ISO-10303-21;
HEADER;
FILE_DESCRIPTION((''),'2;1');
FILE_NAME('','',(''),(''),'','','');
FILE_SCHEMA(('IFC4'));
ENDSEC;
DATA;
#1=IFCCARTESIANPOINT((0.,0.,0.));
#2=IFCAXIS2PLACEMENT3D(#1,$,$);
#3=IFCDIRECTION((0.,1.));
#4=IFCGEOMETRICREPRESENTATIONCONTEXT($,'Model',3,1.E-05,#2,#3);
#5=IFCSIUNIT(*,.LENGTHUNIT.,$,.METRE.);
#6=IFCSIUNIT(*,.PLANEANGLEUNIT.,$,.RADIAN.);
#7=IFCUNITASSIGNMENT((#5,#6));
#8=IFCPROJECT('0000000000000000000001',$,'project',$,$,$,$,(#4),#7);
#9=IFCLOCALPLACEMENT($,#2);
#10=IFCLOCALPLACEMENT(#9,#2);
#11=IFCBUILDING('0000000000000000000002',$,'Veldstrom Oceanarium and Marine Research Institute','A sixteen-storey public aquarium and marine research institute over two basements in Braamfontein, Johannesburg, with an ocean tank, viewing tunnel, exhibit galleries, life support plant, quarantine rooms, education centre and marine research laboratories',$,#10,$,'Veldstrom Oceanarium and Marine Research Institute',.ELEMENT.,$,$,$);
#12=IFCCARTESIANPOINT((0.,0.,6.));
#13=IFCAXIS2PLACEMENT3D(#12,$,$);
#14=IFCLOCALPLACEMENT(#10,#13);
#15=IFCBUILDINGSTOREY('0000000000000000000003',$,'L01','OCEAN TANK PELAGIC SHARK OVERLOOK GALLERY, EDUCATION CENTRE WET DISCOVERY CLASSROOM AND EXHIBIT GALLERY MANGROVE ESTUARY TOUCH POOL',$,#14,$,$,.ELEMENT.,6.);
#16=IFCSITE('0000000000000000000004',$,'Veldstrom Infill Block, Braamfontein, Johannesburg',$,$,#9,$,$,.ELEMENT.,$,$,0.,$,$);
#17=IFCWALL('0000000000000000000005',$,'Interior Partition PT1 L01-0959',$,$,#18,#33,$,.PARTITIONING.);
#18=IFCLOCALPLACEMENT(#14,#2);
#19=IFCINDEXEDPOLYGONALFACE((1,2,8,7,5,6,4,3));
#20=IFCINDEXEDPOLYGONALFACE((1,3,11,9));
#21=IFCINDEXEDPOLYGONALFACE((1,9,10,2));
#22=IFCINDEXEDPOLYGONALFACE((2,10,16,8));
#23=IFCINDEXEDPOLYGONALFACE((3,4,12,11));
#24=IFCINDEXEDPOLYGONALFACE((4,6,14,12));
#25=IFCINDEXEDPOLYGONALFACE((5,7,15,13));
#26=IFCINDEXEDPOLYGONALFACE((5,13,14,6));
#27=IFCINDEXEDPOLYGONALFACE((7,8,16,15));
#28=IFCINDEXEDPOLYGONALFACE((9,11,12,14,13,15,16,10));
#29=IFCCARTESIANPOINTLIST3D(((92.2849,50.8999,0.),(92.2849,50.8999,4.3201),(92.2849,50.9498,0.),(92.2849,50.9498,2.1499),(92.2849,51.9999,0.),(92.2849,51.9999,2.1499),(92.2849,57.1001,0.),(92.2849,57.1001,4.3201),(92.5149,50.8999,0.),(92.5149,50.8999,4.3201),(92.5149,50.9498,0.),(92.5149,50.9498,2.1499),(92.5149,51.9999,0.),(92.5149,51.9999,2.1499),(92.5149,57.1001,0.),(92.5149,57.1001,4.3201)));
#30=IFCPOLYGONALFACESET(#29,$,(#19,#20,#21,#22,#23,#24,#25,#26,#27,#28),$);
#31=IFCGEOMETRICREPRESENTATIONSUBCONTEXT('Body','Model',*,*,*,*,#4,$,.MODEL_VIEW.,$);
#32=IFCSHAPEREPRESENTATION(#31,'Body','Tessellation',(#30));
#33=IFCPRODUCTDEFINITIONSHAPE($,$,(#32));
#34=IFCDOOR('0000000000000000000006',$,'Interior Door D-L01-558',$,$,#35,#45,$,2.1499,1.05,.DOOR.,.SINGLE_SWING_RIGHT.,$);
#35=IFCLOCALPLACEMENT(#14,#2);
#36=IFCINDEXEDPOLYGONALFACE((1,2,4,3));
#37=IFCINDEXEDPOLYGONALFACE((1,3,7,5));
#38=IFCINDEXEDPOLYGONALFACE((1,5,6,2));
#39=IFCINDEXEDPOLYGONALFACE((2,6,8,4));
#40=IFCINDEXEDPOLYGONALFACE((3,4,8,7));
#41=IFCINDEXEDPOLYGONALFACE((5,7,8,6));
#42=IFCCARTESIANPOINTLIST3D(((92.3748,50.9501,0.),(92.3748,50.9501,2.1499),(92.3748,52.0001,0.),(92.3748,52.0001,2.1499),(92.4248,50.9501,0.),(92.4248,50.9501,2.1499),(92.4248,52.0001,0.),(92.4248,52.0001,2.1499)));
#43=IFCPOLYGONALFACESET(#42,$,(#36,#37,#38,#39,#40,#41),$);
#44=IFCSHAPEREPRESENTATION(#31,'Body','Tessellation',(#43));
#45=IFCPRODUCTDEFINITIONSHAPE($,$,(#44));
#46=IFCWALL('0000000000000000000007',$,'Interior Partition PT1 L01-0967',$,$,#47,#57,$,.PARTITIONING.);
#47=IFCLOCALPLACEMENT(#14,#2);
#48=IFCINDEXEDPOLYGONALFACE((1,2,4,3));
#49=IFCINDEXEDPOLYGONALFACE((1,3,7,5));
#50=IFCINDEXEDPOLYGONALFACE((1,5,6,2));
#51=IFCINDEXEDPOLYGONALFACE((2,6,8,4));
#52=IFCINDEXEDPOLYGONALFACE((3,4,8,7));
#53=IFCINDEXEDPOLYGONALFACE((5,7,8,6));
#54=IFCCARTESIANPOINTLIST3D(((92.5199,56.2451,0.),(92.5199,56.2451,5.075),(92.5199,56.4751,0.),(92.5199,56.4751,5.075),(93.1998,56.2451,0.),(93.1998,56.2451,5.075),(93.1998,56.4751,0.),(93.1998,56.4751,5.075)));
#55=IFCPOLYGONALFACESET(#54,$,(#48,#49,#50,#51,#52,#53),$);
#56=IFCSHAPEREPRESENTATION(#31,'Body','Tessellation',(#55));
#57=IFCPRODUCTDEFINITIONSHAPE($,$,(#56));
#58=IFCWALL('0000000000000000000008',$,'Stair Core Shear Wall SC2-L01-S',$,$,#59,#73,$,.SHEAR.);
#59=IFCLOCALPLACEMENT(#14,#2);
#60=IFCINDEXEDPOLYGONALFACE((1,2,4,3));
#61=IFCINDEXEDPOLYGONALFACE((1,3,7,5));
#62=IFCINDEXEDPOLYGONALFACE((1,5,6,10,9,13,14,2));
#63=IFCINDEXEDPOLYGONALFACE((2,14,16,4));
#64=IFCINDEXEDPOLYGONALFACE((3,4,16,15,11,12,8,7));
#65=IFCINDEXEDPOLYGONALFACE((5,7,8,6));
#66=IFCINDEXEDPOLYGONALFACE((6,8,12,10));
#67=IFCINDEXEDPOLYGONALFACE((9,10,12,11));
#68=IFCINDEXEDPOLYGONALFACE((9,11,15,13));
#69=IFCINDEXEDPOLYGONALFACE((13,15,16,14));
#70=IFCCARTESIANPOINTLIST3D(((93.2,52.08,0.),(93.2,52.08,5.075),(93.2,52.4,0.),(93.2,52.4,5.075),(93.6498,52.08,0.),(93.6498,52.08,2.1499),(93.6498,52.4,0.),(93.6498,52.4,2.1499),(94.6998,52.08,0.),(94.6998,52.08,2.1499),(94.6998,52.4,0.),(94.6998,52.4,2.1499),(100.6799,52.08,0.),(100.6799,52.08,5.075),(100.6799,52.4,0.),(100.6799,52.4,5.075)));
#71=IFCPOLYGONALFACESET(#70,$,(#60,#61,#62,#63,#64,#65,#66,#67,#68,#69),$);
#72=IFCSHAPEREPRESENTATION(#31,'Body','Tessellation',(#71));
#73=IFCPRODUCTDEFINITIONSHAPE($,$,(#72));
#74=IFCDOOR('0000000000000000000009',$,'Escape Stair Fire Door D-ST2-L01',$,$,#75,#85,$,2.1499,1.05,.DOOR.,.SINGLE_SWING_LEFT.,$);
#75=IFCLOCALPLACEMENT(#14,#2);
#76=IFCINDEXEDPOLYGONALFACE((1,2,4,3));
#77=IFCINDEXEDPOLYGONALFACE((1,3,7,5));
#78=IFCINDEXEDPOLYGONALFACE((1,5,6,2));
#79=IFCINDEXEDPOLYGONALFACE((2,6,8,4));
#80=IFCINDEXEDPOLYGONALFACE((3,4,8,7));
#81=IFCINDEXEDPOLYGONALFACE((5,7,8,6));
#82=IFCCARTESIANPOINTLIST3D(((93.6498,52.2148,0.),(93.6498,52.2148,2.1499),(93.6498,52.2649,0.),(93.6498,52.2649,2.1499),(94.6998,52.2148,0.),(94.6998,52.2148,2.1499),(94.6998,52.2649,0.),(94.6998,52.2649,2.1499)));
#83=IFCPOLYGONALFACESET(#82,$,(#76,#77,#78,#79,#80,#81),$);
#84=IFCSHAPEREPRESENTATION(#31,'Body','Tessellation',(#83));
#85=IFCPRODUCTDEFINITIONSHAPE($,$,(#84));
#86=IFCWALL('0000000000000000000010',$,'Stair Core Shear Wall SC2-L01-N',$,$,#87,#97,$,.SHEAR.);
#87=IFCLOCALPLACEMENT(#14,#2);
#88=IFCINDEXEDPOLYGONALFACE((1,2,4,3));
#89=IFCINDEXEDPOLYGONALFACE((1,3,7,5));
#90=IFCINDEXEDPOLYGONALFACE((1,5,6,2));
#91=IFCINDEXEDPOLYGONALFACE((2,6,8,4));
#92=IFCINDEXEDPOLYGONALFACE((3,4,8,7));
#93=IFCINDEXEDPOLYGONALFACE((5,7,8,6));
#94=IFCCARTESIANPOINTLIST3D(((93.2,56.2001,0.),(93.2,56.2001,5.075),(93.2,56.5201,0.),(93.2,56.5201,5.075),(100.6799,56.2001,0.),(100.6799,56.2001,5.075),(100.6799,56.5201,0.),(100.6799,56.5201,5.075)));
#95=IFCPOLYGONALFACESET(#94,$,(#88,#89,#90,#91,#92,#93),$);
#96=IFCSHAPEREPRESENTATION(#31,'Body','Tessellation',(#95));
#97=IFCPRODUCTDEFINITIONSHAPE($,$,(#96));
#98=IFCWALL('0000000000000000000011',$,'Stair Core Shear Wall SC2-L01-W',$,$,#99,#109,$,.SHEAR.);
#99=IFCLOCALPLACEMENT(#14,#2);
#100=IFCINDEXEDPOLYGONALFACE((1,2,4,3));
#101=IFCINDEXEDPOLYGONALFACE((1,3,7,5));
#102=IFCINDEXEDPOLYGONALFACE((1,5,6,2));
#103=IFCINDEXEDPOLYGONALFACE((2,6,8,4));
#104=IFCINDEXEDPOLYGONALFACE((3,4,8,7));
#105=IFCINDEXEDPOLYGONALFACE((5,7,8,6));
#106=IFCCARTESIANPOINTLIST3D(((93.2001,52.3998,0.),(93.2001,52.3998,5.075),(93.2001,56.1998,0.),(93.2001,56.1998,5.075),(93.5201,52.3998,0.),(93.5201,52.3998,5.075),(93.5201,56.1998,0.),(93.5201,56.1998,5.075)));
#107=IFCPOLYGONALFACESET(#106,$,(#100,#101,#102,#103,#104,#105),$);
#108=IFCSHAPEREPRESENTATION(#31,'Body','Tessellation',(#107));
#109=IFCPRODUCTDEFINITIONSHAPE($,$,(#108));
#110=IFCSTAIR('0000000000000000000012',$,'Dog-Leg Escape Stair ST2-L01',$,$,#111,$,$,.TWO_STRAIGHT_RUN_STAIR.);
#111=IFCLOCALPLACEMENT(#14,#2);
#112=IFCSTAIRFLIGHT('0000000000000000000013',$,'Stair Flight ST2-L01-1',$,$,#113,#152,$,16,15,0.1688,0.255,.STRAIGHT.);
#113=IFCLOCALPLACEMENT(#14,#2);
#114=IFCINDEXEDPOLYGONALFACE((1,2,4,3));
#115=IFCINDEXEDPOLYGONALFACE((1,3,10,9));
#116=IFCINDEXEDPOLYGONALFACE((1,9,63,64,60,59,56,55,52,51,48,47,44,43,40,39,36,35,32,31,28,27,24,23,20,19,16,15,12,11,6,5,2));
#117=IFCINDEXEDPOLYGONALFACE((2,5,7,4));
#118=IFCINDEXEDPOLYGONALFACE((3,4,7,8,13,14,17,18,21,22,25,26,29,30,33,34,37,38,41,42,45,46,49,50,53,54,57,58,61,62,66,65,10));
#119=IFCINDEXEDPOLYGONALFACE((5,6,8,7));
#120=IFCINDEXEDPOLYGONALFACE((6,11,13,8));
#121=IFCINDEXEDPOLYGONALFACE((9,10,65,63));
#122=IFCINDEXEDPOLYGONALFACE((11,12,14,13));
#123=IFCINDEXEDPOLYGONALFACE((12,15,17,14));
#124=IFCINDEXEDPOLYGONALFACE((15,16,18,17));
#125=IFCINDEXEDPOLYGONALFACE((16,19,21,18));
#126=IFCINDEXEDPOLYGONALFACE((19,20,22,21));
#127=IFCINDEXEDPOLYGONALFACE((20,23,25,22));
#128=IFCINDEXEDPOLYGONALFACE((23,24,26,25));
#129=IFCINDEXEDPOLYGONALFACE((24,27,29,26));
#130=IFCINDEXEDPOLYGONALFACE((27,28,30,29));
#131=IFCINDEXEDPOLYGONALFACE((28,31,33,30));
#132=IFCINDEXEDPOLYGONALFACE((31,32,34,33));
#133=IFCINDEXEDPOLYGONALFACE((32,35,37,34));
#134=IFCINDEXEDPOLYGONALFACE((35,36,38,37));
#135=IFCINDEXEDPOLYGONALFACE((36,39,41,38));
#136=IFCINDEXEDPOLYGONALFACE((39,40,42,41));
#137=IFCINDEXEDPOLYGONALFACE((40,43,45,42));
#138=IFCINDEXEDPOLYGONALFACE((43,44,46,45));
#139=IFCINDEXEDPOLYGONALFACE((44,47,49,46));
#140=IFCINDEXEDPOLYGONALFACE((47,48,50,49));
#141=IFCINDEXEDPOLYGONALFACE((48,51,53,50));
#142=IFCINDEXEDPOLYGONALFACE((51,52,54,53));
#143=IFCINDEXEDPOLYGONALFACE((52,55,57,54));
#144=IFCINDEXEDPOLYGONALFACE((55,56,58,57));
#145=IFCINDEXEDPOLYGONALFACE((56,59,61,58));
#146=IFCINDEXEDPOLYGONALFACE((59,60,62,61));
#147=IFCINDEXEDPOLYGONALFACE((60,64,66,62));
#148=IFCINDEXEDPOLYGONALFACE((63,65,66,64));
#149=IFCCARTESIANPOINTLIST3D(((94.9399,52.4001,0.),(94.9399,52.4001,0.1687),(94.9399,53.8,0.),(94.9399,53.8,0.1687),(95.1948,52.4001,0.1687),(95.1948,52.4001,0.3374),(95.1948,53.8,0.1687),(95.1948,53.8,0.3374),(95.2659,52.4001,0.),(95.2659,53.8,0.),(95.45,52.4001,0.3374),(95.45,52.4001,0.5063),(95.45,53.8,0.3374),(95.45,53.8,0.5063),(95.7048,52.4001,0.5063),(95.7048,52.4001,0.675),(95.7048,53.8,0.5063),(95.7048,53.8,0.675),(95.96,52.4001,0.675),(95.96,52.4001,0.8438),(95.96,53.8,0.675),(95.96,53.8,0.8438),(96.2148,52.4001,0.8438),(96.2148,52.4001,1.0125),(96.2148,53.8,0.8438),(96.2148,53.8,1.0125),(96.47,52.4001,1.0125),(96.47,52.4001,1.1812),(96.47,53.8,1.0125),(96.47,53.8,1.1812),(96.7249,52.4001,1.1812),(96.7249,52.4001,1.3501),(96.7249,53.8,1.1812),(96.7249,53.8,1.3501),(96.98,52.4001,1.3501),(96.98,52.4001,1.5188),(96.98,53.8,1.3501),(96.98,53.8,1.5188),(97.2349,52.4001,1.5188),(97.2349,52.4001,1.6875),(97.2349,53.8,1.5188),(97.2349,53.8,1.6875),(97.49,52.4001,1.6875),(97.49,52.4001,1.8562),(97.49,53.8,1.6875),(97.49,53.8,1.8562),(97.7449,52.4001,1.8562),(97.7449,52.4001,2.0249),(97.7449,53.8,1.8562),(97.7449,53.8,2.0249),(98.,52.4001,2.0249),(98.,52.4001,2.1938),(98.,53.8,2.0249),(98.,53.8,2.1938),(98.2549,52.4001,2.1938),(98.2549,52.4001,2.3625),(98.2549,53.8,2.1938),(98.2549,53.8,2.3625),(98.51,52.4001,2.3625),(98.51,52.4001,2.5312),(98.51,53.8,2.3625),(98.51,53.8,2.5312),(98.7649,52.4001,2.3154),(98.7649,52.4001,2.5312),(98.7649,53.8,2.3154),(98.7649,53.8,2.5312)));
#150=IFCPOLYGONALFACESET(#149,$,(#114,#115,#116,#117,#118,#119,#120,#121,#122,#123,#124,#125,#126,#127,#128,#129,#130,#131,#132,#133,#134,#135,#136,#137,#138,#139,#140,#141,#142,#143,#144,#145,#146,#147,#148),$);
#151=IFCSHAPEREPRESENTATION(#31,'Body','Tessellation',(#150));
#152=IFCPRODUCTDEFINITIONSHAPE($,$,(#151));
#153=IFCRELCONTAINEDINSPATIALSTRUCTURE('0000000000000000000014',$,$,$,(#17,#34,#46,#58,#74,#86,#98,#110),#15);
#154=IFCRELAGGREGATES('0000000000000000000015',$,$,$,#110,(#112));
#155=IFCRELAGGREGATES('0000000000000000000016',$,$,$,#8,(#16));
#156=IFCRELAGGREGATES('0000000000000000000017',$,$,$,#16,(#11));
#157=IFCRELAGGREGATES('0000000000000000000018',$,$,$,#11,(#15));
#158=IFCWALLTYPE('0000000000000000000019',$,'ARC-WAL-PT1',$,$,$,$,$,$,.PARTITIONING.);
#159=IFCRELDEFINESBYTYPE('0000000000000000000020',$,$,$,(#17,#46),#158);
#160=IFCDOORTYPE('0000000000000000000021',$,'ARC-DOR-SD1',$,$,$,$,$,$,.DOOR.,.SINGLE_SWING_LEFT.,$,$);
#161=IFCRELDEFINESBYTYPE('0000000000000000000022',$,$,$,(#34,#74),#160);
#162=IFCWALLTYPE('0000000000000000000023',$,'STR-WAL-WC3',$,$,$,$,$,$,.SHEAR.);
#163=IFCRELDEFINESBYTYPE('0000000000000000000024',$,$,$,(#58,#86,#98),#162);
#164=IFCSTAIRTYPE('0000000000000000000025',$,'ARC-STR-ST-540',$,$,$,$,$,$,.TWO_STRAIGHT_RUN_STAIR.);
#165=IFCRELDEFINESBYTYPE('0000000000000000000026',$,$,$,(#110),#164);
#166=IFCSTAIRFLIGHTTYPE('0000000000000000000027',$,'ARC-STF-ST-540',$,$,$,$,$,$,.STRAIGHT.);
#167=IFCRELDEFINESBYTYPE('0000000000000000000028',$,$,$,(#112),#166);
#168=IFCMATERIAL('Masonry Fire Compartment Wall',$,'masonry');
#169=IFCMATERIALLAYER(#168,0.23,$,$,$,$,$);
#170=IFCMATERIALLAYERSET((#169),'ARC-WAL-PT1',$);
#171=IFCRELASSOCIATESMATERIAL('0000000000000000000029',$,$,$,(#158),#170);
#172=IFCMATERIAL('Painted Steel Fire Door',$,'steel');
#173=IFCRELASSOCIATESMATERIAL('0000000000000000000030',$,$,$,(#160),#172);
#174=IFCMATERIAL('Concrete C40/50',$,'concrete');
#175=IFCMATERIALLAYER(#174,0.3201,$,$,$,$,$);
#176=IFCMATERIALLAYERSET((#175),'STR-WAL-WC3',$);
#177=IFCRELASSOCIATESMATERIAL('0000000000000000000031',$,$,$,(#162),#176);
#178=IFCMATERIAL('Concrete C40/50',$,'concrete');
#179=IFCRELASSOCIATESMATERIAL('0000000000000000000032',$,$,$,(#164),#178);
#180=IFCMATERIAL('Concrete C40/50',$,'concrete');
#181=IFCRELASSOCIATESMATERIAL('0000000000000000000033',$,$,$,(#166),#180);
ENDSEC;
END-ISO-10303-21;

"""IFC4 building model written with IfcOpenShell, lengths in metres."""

from ifc_helpers import new_model, si_unit, direction, frame, frame_2d, origin, place, context, subcontext, project, spatial, polyline, rectangle, outline, extrude, material, layer, layer_set, type_object, element, fill, aggregate, save


model = new_model("IFC4")

# Units and contexts
model_context = context("Model", 3, precision=1e-05, world=origin(), true_north=direction((0.0, 1.0)))
body_context = subcontext(model_context, "Body", "Model", "MODEL_VIEW")
ifc_project = project(units=[si_unit("LENGTHUNIT", "METRE"), si_unit("PLANEANGLEUNIT", "RADIAN")], contexts=[model_context])

# Site, building, storey
site_placement = place(None, origin())
site = spatial("IfcSite", under=ifc_project, at=site_placement, Name="Veldstrom Infill Block, Braamfontein, Johannesburg", CompositionType="ELEMENT", RefElevation=0.0)
building_placement = place(site_placement, origin())
building = spatial("IfcBuilding", under=site, at=building_placement, Name="Veldstrom Oceanarium and Marine Research Institute", Description="A sixteen-storey public aquarium and marine research institute over two basements in Braamfontein, Johannesburg, with an ocean tank, viewing tunnel, exhibit galleries, life support plant, quarantine rooms, education centre and marine research laboratories", LongName="Veldstrom Oceanarium and Marine Research Institute", CompositionType="ELEMENT")
storey_placement = place(building_placement, frame((0.0, 0.0, 6.0)))
storey = spatial("IfcBuildingStorey", under=building, at=storey_placement, Name="L01", Description="OCEAN TANK PELAGIC SHARK OVERLOOK GALLERY, EDUCATION CENTRE WET DISCOVERY CLASSROOM AND EXHIBIT GALLERY MANGROVE ESTUARY TOUCH POOL", CompositionType="ELEMENT", Elevation=6.0)

# Wall, opening, door
ifc_material_1 = material(Name="Masonry Fire Compartment Wall", Category="masonry")
ifc_layer_1 = layer(ifc_material_1, 0.23)
ifc_layer_set_1 = layer_set([ifc_layer_1], Name="ARC-WAL-PT1")
wall_type_1 = type_object("IfcWallType", Name="ARC-WAL-PT1", PredefinedType="PARTITIONING", material=ifc_layer_set_1)
ifc_material_2 = material(Name="Painted Steel Fire Door", Category="steel")
door_type_1 = type_object("IfcDoorType", Name="ARC-DOR-SD1", OperationType="SINGLE_SWING_LEFT", PredefinedType="DOOR", material=ifc_material_2)
wall_1_placement = place(storey_placement, frame((92.3999, 50.8999, 0.0), z_axis=(0.0, 0.0, 1.0), x_axis=(0.0, 1.0, 0.0)))
wall_1 = element("IfcWall", 1, at=wall_1_placement, inside=storey, type_object=wall_type_1, Name="Interior Partition PT1 L01-0959", PredefinedType="PARTITIONING", context=body_context, shape_type="SweptSolid", body=[
    extrude(rectangle(XDim=6.2002, YDim=0.23, at=frame_2d((3.1001, 0.0))), origin(), (0.0, 0.0, 1.0), 4.3201),
])
opening_1_placement = place(wall_1_placement, frame((0.05, 0.0, 0.0)))
opening_1 = element("IfcOpeningElement", 2, at=opening_1_placement, cuts=wall_1, PredefinedType="OPENING", context=body_context, shape_type="SweptSolid", body=[
    extrude(rectangle(XDim=1.05, YDim=2.1499, at=frame_2d((0.5249, 1.075))), frame((0.0, 0.125, 0.0), z_axis=(0.0, -1.0, 0.0), x_axis=(1.0, 0.0, 0.0)), (0.0, 0.0, 1.0), 0.25),
])
door_1_placement = place(opening_1_placement, frame((1.05, 0.0, 0.0), z_axis=(0.0, 0.0, 1.0), x_axis=(-1.0, 0.0, 0.0)))
door_1 = element("IfcDoor", 3, at=door_1_placement, inside=storey, type_object=door_type_1, Name="Interior Door D-L01-558", OperationType="SINGLE_SWING_RIGHT", OverallHeight=2.1499, OverallWidth=1.05, PredefinedType="DOOR", context=body_context, shape_type="SweptSolid", body=[
    extrude(rectangle(XDim=1.05, YDim=2.1499, at=frame_2d((0.5249, 1.075))), frame((0.0, 0.0249, 0.0), z_axis=(0.0, -1.0, 0.0), x_axis=(1.0, 0.0, 0.0)), (0.0, 0.0, 1.0), 0.05),
])
fill(opening_1, door_1)

# Wall
wall_2_placement = place(storey_placement, frame((92.52, 56.3601, 0.0), z_axis=(0.0, 0.0, 1.0), x_axis=(1.0, 0.0, 0.0)))
element("IfcWall", 4, at=wall_2_placement, inside=storey, type_object=wall_type_1, Name="Interior Partition PT1 L01-0967", PredefinedType="PARTITIONING", context=body_context, shape_type="SweptSolid", body=[
    extrude(rectangle(XDim=0.6799, YDim=0.23, at=frame_2d((0.3398, 0.0))), origin(), (0.0, 0.0, 1.0), 5.075),
])

# Wall, opening, door
ifc_material_3 = material(Name="Concrete C40/50", Category="concrete")
ifc_layer_2 = layer(ifc_material_3, 0.3201)
ifc_layer_set_2 = layer_set([ifc_layer_2], Name="STR-WAL-WC3")
wall_type_2 = type_object("IfcWallType", Name="STR-WAL-WC3", PredefinedType="SHEAR", material=ifc_layer_set_2)
wall_3_placement = place(storey_placement, frame((93.2, 52.24, 0.0), z_axis=(0.0, 0.0, 1.0), x_axis=(1.0, 0.0, 0.0)))
wall_3 = element("IfcWall", 5, at=wall_3_placement, inside=storey, type_object=wall_type_2, Name="Stair Core Shear Wall SC2-L01-S", PredefinedType="SHEAR", context=body_context, shape_type="SweptSolid", body=[
    extrude(rectangle(XDim=7.48, YDim=0.3201, at=frame_2d((3.74, 0.0))), origin(), (0.0, 0.0, 1.0), 5.075),
])
opening_2_placement = place(wall_3_placement, frame((0.45, 0.0, 0.0)))
opening_2 = element("IfcOpeningElement", 6, at=opening_2_placement, cuts=wall_3, PredefinedType="OPENING", context=body_context, shape_type="SweptSolid", body=[
    extrude(rectangle(XDim=1.05, YDim=2.1499, at=frame_2d((0.5249, 1.075))), frame((0.0, 0.1699, 0.0), z_axis=(0.0, -1.0, 0.0), x_axis=(1.0, 0.0, 0.0)), (0.0, 0.0, 1.0), 0.3401),
])
door_2_placement = place(opening_2_placement, origin())
door_2 = element("IfcDoor", 7, at=door_2_placement, inside=storey, type_object=door_type_1, Name="Escape Stair Fire Door D-ST2-L01", OperationType="SINGLE_SWING_LEFT", OverallHeight=2.1499, OverallWidth=1.05, PredefinedType="DOOR", context=body_context, shape_type="SweptSolid", body=[
    extrude(rectangle(XDim=1.05, YDim=2.1499, at=frame_2d((0.5249, 1.075))), frame((0.0, 0.0249, 0.0), z_axis=(0.0, -1.0, 0.0), x_axis=(1.0, 0.0, 0.0)), (0.0, 0.0, 1.0), 0.05),
])
fill(opening_2, door_2)

# Walls
wall_4_placement = place(storey_placement, frame((93.2, 56.3601, 0.0), z_axis=(0.0, 0.0, 1.0), x_axis=(1.0, 0.0, 0.0)))
element("IfcWall", 8, at=wall_4_placement, inside=storey, type_object=wall_type_2, Name="Stair Core Shear Wall SC2-L01-N", PredefinedType="SHEAR", context=body_context, shape_type="SweptSolid", body=[
    extrude(rectangle(XDim=7.48, YDim=0.3201, at=frame_2d((3.74, 0.0))), origin(), (0.0, 0.0, 1.0), 5.075),
])
wall_5_placement = place(storey_placement, frame((93.3601, 52.3999, 0.0), z_axis=(0.0, 0.0, 1.0), x_axis=(0.0, 1.0, 0.0)))
element("IfcWall", 9, at=wall_5_placement, inside=storey, type_object=wall_type_2, Name="Stair Core Shear Wall SC2-L01-W", PredefinedType="SHEAR", context=body_context, shape_type="SweptSolid", body=[
    extrude(rectangle(XDim=3.8, YDim=0.3201, at=frame_2d((1.8999, 0.0))), origin(), (0.0, 0.0, 1.0), 5.075),
])

# Stair, stair flight
ifc_material_4 = material(Name="Concrete C40/50", Category="concrete")
stair_type = type_object("IfcStairType", Name="ARC-STR-ST-540", PredefinedType="TWO_STRAIGHT_RUN_STAIR", material=ifc_material_4)
stair_placement = place(storey_placement, origin())
stair = element("IfcStair", 10, at=stair_placement, inside=storey, type_object=stair_type, Name="Dog-Leg Escape Stair ST2-L01", PredefinedType="TWO_STRAIGHT_RUN_STAIR")
ifc_material_5 = material(Name="Concrete C40/50", Category="concrete")
stair_flight_type = type_object("IfcStairFlightType", Name="ARC-STF-ST-540", PredefinedType="STRAIGHT", material=ifc_material_5)
stair_flight_placement = place(storey_placement, frame((94.9399, 53.1001, 0.0), z_axis=(0.0, 0.0, 1.0), x_axis=(1.0, 0.0, 0.0)))
stair_flight = element("IfcStairFlight", 11, at=stair_flight_placement, type_object=stair_flight_type, Name="Stair Flight ST2-L01-1", NumberOfRisers=16, NumberOfTreads=15, PredefinedType="STRAIGHT", RiserHeight=0.1688, TreadLength=0.255, context=body_context, shape_type="SweptSolid", body=[
    extrude(outline(polyline([(0.0, 0.0), (0.0, 0.1687), (0.2549, 0.1687), (0.2549, 0.3374), (0.51, 0.3374), (0.51, 0.5063), (0.7649, 0.5063), (0.7649, 0.675), (1.02, 0.675), (1.02, 0.8438), (1.2749, 0.8438), (1.2749, 1.0125), (1.53, 1.0125), (1.53, 1.1812), (1.7849, 1.1812), (1.7849, 1.3501), (2.04, 1.3501), (2.04, 1.5188), (2.2949, 1.5188), (2.2949, 1.6875), (2.55, 1.6875), (2.55, 1.8562), (2.8049, 1.8562), (2.8049, 2.0249), (3.0601, 2.0249), (3.0601, 2.1938), (3.3149, 2.1938), (3.3149, 2.3625), (3.5701, 2.3625), (3.5701, 2.5312), (3.825, 2.5312), (3.825, 2.7), (3.825, 2.3154), (0.3259, 0.0), (0.0, 0.0)])), frame((0.0, 0.7, 0.0), z_axis=(0.0, -1.0, 0.0), x_axis=(1.0, 0.0, 0.0)), (0.0, 0.0, 1.0), 1.3999),
])
aggregate(stair, [stair_flight])

save(model, "model.ifc")
